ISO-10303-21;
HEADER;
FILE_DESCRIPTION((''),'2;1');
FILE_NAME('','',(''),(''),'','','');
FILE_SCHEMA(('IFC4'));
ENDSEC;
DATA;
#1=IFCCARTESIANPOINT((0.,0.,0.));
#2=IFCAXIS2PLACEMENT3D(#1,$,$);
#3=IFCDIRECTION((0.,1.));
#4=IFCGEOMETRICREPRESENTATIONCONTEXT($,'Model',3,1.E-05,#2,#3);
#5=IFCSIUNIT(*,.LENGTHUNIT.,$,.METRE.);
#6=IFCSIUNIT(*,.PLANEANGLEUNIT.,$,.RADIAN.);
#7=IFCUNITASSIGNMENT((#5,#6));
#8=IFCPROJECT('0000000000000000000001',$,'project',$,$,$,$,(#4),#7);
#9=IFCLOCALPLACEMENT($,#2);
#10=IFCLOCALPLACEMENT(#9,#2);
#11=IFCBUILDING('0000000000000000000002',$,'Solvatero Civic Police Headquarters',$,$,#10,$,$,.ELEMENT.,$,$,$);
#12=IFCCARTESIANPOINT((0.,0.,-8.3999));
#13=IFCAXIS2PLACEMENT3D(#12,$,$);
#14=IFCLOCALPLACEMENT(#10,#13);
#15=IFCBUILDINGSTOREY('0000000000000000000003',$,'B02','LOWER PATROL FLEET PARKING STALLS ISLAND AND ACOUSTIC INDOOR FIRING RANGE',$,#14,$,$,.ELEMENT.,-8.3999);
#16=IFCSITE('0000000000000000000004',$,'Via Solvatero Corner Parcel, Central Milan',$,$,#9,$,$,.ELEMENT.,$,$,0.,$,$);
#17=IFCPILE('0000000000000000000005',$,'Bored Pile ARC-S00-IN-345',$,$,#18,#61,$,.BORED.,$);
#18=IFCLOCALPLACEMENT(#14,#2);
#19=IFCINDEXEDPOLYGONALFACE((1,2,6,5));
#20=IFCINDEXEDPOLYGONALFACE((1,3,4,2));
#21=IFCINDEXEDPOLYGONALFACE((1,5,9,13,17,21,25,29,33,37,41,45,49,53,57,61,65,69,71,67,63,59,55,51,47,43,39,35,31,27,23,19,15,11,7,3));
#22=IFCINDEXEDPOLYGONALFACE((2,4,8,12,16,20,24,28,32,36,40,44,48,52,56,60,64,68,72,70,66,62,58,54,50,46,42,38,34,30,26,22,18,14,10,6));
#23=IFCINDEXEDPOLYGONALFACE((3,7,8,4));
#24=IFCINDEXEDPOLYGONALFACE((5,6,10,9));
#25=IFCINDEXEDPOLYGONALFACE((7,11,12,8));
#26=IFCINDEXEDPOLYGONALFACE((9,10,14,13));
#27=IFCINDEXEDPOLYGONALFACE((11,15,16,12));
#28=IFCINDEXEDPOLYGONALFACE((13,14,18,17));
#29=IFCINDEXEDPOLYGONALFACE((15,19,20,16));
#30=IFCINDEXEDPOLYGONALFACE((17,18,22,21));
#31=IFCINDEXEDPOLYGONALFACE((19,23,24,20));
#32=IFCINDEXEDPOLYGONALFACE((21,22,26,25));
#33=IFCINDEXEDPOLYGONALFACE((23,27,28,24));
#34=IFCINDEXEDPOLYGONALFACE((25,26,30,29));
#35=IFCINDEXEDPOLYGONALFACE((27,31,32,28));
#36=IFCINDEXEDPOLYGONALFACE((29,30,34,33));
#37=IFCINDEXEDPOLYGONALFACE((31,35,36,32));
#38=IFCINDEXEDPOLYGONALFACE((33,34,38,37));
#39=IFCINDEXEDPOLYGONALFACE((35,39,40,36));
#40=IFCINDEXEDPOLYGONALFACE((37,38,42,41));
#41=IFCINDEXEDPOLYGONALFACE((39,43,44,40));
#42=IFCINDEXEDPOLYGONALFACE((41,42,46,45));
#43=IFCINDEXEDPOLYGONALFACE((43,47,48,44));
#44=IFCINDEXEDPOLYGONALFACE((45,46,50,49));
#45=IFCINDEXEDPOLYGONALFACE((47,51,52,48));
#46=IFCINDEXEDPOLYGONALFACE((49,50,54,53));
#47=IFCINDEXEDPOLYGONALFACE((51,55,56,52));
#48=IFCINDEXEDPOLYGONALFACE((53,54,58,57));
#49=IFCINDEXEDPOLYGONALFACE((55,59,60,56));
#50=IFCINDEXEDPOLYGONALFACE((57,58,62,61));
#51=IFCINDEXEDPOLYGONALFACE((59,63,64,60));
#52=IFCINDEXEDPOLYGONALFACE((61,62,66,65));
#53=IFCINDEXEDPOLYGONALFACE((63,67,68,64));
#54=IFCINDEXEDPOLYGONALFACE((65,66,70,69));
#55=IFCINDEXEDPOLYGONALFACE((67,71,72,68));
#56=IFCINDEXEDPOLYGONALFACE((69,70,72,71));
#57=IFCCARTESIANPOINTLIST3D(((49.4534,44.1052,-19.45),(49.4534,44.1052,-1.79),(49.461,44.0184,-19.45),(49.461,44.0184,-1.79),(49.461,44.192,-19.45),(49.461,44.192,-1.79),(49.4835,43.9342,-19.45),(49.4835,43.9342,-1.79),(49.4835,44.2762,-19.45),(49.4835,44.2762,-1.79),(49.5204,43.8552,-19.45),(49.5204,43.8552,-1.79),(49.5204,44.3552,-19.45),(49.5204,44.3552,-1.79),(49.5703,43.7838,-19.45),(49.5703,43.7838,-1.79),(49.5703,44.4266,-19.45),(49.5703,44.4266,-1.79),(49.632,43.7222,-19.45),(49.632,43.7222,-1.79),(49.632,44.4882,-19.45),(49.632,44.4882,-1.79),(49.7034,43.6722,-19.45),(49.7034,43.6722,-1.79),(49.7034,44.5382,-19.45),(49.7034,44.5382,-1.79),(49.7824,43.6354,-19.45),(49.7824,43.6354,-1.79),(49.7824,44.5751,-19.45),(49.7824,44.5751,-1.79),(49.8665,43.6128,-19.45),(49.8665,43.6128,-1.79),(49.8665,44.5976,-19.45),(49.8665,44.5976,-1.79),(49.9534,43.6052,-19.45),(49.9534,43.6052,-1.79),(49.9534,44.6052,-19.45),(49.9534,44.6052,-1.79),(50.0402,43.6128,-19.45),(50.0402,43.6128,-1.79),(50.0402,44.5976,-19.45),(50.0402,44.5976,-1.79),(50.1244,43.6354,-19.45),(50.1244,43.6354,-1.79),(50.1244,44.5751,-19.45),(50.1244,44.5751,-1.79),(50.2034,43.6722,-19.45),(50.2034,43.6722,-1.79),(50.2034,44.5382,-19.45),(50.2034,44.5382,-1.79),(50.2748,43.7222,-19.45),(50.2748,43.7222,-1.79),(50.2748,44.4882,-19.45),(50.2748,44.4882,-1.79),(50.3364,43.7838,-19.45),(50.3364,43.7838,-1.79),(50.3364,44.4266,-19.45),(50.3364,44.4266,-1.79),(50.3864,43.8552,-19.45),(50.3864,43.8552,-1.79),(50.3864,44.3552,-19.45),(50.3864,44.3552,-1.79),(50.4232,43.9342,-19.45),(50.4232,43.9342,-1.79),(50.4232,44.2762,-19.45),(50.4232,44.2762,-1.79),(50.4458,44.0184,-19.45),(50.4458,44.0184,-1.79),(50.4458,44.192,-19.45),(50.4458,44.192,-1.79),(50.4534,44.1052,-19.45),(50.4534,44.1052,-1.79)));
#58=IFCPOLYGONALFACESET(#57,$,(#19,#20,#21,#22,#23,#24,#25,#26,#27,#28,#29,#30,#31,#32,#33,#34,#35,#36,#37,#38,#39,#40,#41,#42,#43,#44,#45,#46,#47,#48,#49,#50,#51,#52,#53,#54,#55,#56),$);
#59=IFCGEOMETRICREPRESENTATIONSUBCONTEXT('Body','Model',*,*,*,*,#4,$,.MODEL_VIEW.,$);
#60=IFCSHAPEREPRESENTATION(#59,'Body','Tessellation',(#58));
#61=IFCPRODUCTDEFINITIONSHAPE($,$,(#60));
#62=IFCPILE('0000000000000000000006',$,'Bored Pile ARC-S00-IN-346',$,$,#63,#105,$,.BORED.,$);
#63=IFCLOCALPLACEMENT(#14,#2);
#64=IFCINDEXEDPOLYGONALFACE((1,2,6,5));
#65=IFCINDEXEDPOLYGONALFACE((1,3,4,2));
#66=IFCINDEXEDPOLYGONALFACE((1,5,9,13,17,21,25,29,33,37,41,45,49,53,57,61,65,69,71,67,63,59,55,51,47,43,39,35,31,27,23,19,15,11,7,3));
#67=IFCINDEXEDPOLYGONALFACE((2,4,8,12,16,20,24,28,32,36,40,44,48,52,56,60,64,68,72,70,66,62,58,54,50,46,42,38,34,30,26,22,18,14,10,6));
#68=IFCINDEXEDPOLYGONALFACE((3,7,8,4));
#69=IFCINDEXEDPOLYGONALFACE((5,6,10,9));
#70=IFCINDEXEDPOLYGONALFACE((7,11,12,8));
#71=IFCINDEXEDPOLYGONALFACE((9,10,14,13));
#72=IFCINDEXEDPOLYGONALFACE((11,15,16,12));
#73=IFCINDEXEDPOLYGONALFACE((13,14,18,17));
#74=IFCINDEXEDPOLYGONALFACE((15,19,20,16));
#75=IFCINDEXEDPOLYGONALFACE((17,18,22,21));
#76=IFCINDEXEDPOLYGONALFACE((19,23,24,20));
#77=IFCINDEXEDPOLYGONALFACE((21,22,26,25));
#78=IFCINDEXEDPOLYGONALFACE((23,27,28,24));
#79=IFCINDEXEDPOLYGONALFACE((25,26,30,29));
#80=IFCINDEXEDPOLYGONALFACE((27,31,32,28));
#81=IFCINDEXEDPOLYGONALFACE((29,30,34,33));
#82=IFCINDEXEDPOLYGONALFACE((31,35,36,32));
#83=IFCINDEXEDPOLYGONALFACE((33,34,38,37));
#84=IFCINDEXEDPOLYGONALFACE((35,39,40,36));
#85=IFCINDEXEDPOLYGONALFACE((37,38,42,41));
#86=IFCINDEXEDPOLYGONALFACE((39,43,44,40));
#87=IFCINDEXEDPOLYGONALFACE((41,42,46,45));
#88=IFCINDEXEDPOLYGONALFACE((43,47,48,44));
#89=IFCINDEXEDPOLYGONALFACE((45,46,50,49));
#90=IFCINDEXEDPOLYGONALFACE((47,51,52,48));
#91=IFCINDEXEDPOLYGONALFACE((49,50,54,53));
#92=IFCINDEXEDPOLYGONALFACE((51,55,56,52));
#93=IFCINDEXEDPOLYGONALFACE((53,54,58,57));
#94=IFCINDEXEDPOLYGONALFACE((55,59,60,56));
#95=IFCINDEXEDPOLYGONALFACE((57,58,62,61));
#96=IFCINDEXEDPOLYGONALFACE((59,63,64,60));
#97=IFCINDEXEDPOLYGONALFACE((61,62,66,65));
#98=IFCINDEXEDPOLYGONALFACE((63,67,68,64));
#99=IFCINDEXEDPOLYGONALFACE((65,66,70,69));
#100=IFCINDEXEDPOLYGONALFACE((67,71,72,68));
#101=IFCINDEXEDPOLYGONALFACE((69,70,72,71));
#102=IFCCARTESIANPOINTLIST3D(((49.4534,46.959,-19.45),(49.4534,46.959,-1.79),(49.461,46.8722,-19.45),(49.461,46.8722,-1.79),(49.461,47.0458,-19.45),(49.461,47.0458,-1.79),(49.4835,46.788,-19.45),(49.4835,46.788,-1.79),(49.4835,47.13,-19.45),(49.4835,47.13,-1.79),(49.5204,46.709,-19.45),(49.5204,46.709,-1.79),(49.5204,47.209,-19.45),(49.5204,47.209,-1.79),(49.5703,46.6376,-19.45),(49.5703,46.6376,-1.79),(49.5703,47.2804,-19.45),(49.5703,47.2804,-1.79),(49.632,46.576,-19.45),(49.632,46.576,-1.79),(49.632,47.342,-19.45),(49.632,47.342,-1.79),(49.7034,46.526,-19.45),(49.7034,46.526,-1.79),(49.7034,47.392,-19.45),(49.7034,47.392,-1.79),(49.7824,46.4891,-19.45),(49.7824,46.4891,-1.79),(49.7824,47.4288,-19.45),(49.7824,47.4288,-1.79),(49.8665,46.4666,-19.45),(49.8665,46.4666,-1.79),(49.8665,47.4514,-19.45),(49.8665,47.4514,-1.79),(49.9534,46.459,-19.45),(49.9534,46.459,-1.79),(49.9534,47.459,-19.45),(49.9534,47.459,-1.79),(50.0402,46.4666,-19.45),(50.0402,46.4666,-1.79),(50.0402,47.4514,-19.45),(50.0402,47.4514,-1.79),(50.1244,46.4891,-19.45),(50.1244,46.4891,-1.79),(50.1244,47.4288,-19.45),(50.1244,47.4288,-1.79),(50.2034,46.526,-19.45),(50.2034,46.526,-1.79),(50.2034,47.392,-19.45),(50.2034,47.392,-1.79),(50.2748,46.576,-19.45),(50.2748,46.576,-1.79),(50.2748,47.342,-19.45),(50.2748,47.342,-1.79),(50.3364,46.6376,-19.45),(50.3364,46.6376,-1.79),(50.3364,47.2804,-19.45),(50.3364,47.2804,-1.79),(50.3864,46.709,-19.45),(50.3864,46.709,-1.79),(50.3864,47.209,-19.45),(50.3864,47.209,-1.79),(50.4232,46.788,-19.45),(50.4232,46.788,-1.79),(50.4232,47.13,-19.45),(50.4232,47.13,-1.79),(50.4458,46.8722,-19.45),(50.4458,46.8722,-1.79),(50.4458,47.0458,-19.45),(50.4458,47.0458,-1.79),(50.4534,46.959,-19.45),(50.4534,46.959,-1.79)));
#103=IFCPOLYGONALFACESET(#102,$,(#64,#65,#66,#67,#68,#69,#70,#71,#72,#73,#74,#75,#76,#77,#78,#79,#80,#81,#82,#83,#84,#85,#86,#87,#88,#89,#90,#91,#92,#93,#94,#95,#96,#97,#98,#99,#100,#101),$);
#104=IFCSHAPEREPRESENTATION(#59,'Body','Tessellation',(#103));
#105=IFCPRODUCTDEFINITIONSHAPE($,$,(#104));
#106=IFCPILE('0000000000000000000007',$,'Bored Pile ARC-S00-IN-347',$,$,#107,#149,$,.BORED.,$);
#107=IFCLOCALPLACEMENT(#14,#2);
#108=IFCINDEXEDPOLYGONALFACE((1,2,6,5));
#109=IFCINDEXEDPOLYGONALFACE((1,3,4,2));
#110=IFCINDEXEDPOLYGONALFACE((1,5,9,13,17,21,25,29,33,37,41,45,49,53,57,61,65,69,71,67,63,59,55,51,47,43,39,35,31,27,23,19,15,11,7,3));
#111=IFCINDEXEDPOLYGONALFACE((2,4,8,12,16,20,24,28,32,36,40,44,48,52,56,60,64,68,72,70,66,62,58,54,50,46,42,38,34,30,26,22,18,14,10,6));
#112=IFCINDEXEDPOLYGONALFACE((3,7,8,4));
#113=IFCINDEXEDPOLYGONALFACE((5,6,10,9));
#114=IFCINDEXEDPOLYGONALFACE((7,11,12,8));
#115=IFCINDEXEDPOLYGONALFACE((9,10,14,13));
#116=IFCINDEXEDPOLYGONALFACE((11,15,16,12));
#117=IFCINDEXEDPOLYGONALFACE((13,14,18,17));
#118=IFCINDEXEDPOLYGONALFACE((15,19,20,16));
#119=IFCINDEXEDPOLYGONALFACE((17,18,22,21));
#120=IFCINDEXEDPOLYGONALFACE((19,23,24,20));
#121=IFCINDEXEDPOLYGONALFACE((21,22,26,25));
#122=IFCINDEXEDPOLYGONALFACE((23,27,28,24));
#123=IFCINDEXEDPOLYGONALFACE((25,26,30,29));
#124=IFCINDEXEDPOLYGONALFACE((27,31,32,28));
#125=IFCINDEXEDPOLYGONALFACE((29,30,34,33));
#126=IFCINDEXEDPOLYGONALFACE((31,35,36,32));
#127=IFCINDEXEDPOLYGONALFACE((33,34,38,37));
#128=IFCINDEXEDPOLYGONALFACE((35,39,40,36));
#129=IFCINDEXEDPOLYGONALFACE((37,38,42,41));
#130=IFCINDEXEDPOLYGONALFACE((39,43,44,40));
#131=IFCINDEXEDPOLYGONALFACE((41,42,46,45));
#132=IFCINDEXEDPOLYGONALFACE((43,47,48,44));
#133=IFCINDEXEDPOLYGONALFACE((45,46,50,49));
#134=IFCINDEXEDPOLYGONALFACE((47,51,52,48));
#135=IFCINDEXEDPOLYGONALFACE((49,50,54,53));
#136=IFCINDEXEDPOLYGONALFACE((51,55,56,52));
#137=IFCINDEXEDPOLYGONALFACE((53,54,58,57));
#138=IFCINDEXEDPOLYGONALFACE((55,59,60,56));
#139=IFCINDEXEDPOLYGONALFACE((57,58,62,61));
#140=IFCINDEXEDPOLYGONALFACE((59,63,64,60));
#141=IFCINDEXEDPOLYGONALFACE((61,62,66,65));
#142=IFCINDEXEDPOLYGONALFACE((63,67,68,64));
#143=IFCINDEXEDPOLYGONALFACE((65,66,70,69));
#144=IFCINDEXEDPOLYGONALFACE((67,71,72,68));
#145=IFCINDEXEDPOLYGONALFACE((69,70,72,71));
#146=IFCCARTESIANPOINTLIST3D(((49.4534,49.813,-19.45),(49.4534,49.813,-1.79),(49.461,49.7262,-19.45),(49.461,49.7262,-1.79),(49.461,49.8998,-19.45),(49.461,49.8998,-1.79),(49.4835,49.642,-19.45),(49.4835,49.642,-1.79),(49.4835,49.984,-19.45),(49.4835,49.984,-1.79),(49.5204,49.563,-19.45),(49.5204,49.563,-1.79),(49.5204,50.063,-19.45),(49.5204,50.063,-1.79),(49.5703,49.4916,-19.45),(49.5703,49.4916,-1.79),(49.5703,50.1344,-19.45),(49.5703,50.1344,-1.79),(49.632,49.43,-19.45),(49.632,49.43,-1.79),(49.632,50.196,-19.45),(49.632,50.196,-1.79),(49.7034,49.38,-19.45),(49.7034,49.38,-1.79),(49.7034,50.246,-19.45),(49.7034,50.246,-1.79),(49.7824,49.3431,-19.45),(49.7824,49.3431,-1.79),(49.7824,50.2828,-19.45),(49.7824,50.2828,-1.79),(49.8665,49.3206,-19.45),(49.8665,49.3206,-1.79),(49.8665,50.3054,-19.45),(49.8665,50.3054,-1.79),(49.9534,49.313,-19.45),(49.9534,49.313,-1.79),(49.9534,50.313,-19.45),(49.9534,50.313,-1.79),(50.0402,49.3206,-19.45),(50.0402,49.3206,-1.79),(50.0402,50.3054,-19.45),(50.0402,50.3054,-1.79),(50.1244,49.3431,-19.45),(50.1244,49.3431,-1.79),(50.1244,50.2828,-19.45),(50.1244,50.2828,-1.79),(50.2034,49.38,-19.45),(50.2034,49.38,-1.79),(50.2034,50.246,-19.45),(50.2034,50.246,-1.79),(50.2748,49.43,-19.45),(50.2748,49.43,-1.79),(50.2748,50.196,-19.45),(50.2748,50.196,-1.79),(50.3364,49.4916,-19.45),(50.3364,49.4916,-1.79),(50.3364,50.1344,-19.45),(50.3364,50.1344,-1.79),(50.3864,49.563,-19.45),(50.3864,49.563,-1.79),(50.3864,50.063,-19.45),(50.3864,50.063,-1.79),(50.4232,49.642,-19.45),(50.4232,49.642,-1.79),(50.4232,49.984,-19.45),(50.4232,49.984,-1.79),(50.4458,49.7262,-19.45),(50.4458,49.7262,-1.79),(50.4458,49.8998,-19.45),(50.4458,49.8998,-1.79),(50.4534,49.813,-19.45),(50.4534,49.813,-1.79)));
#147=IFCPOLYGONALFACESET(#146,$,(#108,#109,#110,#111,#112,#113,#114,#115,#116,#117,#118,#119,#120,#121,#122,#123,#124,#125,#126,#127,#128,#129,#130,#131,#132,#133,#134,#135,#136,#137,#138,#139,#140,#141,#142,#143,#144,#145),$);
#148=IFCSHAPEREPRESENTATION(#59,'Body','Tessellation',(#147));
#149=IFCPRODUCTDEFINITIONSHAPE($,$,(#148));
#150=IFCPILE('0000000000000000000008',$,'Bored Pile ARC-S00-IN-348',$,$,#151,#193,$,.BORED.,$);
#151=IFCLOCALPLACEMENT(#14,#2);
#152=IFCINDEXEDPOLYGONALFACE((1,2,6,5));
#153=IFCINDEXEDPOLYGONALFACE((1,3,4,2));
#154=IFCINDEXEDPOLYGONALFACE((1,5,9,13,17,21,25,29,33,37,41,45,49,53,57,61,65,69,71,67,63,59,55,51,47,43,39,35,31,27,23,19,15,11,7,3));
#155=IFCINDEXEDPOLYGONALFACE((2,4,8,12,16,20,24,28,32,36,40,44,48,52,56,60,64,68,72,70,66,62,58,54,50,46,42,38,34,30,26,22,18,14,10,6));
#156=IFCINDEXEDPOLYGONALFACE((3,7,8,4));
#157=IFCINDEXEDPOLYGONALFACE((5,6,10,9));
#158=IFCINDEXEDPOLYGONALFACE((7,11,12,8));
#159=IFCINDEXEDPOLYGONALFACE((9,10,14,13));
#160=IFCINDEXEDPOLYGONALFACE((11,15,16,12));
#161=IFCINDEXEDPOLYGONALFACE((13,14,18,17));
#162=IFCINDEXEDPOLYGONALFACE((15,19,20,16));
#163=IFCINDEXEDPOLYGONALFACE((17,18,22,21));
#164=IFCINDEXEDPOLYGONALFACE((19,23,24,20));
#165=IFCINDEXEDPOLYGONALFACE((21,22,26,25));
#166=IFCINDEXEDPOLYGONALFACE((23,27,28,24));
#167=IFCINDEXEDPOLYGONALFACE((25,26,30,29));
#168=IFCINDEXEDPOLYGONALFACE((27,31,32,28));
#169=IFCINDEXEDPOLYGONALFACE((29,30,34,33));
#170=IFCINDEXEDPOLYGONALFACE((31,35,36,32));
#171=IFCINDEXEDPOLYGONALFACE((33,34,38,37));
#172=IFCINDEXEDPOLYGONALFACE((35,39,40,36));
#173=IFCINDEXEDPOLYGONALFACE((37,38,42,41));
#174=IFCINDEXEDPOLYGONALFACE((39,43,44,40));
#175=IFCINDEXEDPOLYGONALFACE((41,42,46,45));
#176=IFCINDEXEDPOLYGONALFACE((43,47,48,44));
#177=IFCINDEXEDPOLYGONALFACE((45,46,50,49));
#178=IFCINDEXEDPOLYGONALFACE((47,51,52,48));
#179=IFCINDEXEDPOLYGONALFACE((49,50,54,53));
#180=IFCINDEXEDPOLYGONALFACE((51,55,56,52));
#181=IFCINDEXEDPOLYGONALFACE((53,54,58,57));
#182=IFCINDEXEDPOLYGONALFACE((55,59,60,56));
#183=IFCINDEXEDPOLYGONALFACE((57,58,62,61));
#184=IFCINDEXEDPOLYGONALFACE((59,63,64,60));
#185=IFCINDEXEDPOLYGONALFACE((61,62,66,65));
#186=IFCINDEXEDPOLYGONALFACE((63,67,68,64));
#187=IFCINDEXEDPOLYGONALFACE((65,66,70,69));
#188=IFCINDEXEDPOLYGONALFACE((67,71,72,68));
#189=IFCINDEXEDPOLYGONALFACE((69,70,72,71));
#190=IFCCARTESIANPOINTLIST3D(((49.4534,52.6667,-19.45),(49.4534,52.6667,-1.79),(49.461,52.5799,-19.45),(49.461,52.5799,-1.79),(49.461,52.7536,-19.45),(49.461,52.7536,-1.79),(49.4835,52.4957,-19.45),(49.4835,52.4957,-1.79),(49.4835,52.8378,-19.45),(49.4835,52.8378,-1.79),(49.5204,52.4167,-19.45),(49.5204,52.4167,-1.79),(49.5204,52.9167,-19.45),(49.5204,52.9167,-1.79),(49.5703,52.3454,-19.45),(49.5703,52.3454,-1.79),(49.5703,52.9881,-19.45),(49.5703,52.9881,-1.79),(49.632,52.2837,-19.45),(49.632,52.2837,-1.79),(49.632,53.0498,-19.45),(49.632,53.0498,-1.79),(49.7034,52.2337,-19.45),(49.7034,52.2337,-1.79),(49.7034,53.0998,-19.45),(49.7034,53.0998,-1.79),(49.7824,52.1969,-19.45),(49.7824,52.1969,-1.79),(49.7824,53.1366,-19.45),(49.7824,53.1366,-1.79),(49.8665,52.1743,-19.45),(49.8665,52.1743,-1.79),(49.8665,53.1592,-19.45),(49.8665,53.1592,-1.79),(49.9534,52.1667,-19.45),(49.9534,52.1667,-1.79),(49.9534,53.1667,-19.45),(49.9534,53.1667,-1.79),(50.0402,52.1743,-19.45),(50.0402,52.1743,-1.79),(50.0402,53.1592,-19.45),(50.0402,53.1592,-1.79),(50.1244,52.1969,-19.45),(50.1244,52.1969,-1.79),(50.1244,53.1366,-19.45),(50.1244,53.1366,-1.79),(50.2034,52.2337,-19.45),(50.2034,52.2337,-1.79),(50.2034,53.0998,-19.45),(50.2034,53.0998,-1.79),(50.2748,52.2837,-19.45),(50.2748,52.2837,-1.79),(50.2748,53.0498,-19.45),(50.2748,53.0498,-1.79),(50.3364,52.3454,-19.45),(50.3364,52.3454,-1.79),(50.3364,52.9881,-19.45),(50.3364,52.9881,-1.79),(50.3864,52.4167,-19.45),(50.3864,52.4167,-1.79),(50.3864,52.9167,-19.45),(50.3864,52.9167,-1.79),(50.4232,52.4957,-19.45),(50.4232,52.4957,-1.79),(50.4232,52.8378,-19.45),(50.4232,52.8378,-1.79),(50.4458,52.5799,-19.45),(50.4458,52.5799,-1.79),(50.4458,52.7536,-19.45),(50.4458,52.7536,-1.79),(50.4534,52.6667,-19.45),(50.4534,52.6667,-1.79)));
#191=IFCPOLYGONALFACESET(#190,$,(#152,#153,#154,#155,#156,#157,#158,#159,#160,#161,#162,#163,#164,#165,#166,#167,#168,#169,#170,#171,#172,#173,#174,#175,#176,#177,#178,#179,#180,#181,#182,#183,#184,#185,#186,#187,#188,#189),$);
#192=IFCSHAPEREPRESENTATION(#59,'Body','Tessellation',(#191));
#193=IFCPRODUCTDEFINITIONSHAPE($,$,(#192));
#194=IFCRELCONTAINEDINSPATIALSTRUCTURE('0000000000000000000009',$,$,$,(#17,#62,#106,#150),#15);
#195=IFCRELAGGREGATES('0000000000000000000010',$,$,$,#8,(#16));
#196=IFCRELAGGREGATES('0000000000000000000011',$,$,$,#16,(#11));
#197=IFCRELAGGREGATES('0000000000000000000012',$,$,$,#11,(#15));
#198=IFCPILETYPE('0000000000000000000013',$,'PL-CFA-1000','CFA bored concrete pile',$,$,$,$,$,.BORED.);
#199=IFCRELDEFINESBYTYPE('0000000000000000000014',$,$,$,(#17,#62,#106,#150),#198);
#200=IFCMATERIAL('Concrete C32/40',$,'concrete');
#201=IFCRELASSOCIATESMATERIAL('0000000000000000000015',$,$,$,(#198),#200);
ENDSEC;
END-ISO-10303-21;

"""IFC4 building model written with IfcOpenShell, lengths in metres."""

from ifc_helpers import new_model, si_unit, direction, frame, origin, origin_2d, place, context, subcontext, project, spatial, circle, extrude, material, material_profile, profile_set, type_object, element, save


model = new_model("IFC4")

# Units and contexts
model_context = context("Model", 3, precision=1e-05, world=origin(), true_north=direction((0.0, 1.0)))
body_context = subcontext(model_context, "Body", "Model", "MODEL_VIEW")
ifc_project = project(units=[si_unit("LENGTHUNIT", "METRE"), si_unit("PLANEANGLEUNIT", "RADIAN")], contexts=[model_context])

# Site, building, storey
site_placement = place(None, origin())
site = spatial("IfcSite", under=ifc_project, at=site_placement, Name="Via Solvatero Corner Parcel, Central Milan", CompositionType="ELEMENT", RefElevation=0.0)
building_placement = place(site_placement, origin())
building = spatial("IfcBuilding", under=site, at=building_placement, Name="Solvatero Civic Police Headquarters", CompositionType="ELEMENT")
storey_placement = place(building_placement, frame((0.0, 0.0, -8.3999)))
storey = spatial("IfcBuildingStorey", under=building, at=storey_placement, Name="B02", Description="LOWER PATROL FLEET PARKING STALLS ISLAND AND ACOUSTIC INDOOR FIRING RANGE", CompositionType="ELEMENT", Elevation=-8.3999)

# Piles
ifc_material_1 = material(Name="Concrete C32/40", Category="concrete")
ifc_material_profile_1 = material_profile(ifc_material_1, circle(Radius=0.5, at=origin_2d()), Name="CFA PILE D1000")
ifc_profile_set_1 = profile_set([ifc_material_profile_1], Name="Concrete C32/40")
pile_type = type_object("IfcPileType", Name="PL-CFA-1000", Description="CFA bored concrete pile", PredefinedType="BORED", material=ifc_profile_set_1)
for number, where, z_axis, x_axis, name in (
    (1, (49.9534, 44.1052, -1.79), (0.0, 0.0, -1.0), (1.0, 0.0, 0.0), "Bored Pile ARC-S00-IN-345"),
    (2, (49.9534, 46.959, -1.79), (0.0, 0.0, -1.0), (1.0, 0.0, 0.0), "Bored Pile ARC-S00-IN-346"),
    (3, (49.9534, 49.813, -1.79), (0.0, 0.0, -1.0), (1.0, 0.0, 0.0), "Bored Pile ARC-S00-IN-347"),
    (4, (49.9534, 52.6667, -1.79), (0.0, 0.0, -1.0), (1.0, 0.0, 0.0), "Bored Pile ARC-S00-IN-348"),
):
    element("IfcPile", number, at=place(storey_placement, frame(where, z_axis=z_axis, x_axis=x_axis)), inside=storey, type_object=pile_type, Name=name, PredefinedType="BORED", context=body_context, shape_type="SweptSolid", body=[
        extrude(circle(Radius=0.5, at=origin_2d()), origin(), (0.0, 0.0, 1.0), 17.6599),
    ])

save(model, "model.ifc")
